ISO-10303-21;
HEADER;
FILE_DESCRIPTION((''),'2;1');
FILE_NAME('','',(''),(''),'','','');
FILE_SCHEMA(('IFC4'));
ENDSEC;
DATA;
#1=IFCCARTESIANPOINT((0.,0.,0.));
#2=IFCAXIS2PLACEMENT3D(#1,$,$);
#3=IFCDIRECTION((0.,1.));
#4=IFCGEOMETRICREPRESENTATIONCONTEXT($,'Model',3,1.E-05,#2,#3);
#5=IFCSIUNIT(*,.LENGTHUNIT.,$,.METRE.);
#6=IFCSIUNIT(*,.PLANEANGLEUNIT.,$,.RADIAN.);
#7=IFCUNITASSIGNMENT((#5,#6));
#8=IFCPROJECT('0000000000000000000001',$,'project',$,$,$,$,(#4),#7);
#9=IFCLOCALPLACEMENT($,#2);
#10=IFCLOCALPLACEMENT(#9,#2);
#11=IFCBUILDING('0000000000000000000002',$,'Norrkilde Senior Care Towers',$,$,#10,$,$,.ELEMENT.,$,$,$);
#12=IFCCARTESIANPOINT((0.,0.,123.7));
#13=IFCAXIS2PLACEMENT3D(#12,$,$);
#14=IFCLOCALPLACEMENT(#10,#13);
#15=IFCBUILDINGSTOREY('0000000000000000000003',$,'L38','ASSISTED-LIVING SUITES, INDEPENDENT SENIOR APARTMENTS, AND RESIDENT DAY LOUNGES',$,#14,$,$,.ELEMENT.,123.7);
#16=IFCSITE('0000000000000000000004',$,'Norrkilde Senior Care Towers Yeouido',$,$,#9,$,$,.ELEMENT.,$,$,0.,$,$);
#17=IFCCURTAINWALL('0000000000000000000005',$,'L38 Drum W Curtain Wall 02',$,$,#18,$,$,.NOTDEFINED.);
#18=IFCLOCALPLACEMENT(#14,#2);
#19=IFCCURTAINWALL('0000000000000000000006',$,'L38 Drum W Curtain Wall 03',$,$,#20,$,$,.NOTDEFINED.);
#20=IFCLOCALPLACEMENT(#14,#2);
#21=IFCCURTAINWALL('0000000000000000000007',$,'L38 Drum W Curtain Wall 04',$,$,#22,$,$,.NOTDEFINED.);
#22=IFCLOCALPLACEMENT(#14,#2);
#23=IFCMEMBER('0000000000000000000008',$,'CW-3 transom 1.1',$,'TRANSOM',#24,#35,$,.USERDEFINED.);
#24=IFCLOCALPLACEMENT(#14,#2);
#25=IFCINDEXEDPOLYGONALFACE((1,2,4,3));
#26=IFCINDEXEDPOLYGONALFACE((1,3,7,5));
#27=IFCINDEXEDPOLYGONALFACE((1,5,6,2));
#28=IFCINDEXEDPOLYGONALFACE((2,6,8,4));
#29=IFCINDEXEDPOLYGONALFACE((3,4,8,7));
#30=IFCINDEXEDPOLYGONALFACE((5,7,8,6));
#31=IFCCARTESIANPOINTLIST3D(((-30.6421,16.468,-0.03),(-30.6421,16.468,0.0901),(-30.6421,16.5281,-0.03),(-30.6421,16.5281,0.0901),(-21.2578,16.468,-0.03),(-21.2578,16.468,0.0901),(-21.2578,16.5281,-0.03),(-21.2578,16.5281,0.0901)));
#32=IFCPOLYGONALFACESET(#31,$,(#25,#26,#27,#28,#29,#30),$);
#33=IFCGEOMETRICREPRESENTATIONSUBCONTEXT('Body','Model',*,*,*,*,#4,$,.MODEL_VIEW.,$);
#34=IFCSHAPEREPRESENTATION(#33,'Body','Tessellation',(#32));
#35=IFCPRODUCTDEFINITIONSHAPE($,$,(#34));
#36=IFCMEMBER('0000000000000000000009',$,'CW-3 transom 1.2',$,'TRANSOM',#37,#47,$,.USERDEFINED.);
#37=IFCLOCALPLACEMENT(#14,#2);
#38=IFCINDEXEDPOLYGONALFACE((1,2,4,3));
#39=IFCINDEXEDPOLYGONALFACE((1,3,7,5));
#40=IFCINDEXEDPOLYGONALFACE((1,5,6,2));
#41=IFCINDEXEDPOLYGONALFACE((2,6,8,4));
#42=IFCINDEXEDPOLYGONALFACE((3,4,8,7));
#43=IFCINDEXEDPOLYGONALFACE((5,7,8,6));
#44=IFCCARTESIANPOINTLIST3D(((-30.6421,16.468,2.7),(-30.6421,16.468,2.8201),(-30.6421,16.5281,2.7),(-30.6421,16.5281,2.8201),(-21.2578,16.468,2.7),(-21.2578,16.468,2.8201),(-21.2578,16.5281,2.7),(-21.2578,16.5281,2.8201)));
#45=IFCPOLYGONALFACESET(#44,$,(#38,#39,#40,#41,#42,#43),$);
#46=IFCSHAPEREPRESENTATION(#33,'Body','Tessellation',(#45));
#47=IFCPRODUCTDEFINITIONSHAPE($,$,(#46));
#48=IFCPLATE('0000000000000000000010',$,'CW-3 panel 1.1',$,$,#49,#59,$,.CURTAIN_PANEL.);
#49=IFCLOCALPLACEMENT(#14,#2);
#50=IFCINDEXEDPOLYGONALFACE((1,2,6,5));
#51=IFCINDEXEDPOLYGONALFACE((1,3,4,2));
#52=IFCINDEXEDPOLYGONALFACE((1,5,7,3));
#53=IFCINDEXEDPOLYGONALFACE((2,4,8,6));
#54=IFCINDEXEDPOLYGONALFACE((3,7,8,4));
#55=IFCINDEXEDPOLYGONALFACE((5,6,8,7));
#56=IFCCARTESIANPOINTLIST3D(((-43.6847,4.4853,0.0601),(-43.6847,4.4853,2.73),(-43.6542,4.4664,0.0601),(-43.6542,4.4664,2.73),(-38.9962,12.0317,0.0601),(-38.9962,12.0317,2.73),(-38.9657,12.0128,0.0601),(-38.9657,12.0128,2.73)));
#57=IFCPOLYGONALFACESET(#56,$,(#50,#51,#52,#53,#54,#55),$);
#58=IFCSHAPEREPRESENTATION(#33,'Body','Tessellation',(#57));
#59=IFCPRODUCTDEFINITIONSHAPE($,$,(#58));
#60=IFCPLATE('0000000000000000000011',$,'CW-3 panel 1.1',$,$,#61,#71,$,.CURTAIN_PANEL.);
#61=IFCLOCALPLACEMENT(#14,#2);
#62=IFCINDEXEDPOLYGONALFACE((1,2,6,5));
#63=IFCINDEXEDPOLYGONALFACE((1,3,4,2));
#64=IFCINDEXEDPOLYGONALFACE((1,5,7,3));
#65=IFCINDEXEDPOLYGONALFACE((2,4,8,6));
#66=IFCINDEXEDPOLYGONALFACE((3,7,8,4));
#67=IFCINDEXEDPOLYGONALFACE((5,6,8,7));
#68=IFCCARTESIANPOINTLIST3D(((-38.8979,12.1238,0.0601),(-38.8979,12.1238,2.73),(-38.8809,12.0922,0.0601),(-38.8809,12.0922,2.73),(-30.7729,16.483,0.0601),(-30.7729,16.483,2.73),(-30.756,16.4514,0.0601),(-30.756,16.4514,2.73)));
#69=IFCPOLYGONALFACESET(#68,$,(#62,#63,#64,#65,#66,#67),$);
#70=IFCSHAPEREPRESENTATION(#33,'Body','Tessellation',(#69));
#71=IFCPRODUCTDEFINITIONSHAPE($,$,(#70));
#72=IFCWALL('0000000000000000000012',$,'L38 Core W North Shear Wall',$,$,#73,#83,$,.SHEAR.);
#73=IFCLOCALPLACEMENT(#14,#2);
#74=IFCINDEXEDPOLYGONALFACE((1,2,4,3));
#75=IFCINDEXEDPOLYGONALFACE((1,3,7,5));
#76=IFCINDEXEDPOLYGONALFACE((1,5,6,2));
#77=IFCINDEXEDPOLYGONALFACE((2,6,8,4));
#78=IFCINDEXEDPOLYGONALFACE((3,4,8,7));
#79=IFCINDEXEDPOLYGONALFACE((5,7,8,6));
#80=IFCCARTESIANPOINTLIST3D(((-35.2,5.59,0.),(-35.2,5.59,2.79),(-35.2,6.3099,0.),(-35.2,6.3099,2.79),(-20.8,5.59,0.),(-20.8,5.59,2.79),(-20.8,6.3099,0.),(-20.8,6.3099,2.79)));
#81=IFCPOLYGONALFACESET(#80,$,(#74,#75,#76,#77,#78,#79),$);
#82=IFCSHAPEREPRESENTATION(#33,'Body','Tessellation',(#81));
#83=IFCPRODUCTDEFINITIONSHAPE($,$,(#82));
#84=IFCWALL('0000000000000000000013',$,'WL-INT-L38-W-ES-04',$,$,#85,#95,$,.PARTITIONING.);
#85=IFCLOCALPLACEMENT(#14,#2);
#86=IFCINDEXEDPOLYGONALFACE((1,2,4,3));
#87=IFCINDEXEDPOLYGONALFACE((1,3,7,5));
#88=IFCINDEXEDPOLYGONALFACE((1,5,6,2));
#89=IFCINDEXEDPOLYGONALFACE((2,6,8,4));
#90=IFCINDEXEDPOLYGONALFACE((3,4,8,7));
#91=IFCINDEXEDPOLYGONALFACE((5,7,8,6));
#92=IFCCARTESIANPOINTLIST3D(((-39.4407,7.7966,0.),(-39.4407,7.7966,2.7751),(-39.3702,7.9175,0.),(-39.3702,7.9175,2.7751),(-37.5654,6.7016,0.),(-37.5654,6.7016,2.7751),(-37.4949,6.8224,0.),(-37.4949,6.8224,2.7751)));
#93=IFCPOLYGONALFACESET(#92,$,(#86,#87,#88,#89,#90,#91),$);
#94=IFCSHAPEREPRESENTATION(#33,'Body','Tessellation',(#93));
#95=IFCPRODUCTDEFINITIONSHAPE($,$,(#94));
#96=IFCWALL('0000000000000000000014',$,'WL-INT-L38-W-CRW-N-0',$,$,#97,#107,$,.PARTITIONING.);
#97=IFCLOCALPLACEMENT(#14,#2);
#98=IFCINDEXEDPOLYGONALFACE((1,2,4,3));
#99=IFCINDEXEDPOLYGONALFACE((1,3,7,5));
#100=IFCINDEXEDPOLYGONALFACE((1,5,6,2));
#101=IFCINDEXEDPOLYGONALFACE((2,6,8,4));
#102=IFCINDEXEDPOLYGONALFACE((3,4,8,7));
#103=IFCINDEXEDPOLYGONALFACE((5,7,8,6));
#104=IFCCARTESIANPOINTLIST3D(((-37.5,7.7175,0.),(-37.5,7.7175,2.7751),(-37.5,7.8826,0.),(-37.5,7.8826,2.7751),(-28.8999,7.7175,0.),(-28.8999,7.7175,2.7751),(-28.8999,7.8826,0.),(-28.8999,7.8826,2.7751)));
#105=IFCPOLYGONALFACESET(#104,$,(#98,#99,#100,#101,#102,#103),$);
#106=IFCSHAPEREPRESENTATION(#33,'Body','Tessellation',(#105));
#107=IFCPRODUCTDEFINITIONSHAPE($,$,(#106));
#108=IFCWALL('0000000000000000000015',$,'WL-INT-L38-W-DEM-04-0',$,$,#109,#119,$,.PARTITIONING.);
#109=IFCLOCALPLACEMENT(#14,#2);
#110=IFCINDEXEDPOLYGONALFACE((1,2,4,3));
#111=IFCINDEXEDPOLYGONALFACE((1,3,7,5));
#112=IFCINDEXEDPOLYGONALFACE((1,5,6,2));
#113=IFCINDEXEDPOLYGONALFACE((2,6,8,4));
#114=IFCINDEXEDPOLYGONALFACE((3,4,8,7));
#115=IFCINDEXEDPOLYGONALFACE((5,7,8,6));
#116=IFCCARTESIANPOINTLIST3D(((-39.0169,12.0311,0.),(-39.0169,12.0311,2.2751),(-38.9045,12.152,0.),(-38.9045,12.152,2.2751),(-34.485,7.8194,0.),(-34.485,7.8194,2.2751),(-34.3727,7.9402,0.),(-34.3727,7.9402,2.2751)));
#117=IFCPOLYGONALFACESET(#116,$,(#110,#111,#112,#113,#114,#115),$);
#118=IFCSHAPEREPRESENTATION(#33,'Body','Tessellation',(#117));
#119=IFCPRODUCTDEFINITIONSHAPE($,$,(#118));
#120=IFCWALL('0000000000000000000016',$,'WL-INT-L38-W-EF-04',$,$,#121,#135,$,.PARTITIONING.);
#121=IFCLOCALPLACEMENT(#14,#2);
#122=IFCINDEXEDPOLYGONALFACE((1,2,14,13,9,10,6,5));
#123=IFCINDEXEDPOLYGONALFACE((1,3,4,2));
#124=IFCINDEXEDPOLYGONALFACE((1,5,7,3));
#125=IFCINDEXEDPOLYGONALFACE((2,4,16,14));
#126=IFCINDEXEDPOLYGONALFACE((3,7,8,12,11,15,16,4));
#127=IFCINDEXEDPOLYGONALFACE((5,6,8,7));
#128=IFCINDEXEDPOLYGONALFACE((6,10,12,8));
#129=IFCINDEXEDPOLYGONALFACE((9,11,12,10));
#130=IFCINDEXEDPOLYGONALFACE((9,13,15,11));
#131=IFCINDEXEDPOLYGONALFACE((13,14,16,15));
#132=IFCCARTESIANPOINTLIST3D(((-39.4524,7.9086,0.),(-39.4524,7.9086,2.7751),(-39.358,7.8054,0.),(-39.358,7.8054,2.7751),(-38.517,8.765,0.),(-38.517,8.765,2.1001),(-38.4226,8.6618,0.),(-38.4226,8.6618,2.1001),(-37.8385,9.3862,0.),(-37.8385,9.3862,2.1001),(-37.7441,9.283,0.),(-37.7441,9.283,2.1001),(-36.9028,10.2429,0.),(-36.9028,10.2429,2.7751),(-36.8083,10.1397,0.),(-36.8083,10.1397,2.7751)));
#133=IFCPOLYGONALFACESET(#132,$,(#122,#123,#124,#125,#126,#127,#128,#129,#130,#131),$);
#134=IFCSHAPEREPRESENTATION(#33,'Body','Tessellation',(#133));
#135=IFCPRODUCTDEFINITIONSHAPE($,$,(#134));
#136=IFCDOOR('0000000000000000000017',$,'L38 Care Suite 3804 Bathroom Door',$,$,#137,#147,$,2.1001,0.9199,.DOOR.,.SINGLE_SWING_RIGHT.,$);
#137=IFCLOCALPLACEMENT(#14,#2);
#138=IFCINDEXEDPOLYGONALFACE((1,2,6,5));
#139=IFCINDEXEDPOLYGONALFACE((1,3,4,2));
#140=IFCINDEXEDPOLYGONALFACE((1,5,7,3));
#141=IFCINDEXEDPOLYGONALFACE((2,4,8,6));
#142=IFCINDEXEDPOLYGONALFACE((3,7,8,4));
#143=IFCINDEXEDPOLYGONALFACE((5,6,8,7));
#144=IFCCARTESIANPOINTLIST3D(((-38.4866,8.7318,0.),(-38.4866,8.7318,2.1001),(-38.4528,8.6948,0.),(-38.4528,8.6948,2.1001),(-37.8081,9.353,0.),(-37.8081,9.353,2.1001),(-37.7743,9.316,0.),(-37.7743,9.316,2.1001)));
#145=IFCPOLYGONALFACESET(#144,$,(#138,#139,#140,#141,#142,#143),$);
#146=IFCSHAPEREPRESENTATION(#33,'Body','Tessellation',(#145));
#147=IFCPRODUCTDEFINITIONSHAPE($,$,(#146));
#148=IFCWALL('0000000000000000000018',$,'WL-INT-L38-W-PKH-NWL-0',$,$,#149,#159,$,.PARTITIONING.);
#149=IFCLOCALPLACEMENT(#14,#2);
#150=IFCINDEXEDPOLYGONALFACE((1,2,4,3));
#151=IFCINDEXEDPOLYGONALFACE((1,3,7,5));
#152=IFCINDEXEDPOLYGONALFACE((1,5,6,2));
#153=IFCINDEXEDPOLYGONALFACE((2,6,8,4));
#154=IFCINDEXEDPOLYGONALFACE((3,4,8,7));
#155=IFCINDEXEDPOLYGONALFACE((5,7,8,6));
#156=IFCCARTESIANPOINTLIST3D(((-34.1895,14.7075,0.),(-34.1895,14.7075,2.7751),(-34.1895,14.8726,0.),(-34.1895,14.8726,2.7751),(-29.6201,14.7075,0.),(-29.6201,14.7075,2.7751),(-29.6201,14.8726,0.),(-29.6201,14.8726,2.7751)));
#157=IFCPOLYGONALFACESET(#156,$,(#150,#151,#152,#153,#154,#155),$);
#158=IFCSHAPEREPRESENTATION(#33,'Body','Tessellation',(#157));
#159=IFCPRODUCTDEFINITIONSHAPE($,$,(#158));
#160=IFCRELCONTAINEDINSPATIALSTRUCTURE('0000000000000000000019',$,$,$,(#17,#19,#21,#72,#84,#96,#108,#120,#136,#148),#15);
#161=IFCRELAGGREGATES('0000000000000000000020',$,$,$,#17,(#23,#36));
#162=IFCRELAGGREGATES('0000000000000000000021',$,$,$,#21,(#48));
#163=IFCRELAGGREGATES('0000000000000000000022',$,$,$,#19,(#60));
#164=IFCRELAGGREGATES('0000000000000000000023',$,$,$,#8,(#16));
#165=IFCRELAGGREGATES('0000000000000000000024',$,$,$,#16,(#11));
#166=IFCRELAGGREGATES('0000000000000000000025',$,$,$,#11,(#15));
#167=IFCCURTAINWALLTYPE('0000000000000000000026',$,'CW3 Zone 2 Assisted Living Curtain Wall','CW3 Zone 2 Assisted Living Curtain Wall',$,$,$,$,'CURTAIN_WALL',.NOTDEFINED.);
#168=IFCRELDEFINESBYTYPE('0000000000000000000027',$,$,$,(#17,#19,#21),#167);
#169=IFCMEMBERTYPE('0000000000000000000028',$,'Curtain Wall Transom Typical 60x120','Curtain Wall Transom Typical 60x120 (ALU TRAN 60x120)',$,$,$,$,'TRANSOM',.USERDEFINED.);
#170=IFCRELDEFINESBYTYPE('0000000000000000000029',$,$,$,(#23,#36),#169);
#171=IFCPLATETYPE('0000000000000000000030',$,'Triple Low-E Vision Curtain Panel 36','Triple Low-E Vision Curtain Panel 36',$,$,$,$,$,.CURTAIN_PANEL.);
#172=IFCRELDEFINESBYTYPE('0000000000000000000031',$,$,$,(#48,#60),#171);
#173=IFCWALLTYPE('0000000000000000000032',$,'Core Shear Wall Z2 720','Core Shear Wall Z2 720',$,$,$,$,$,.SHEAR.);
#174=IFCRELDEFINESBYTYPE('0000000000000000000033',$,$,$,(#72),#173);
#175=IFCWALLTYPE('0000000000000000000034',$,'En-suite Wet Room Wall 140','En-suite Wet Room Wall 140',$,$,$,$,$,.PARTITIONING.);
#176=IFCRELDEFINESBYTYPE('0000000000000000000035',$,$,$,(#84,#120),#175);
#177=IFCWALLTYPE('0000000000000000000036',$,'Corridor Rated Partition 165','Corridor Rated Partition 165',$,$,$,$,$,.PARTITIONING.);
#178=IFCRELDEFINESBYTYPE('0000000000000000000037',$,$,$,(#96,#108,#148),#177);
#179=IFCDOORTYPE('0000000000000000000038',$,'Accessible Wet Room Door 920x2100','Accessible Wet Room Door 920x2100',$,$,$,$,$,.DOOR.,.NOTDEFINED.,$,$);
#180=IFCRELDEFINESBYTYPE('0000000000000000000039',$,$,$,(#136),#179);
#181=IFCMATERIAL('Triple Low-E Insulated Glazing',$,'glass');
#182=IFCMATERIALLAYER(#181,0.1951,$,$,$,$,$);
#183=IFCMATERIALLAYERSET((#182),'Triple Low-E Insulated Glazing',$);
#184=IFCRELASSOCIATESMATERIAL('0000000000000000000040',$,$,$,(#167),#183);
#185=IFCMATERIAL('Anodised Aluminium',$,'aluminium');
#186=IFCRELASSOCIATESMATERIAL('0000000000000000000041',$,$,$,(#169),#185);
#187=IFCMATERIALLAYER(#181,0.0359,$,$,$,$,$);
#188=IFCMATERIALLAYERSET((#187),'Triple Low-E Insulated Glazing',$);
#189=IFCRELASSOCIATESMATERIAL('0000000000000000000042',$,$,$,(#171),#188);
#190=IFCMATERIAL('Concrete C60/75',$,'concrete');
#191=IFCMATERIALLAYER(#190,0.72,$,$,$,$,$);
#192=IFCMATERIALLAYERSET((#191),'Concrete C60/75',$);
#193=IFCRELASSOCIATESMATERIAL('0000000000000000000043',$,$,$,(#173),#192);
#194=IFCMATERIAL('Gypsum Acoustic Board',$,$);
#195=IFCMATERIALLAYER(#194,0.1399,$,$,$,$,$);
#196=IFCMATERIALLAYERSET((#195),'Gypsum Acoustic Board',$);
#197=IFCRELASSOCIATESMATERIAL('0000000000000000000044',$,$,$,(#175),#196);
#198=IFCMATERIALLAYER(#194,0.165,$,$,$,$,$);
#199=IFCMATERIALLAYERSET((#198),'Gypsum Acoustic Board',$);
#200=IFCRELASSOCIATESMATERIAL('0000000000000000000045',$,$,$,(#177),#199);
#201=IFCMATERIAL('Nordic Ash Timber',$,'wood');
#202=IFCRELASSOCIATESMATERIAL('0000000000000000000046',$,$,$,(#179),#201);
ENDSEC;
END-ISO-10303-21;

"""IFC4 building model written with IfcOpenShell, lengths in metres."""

from ifc_helpers import new_model, si_unit, direction, frame, frame_2d, origin, origin_2d, place, context, subcontext, project, spatial, rectangle, extrude, source, transform, mapped, material, layer, layer_set, material_profile, profile_set, type_object, type_shapes, element, fill, aggregate, save


model = new_model("IFC4")

# Units and contexts
model_context = context("Model", 3, precision=1e-05, world=origin(), true_north=direction((0.0, 1.0)))
body_context = subcontext(model_context, "Body", "Model", "MODEL_VIEW")
ifc_project = project(units=[si_unit("LENGTHUNIT", "METRE"), si_unit("PLANEANGLEUNIT", "RADIAN")], contexts=[model_context])

# Site, building, storey
site_placement = place(None, origin())
site = spatial("IfcSite", under=ifc_project, at=site_placement, Name="Norrkilde Senior Care Towers Yeouido", CompositionType="ELEMENT", RefElevation=0.0)
building_placement = place(site_placement, origin())
building = spatial("IfcBuilding", under=site, at=building_placement, Name="Norrkilde Senior Care Towers", CompositionType="ELEMENT")
storey_placement = place(building_placement, frame((0.0, 0.0, 123.7)))
storey = spatial("IfcBuildingStorey", under=building, at=storey_placement, Name="L38", Description="ASSISTED-LIVING SUITES, INDEPENDENT SENIOR APARTMENTS, AND RESIDENT DAY LOUNGES", CompositionType="ELEMENT", Elevation=123.7)

# Shared definitions
ifc_material_1 = material(Name="Concrete C60/75", Category="concrete")

# Curtain wall
ifc_material_2 = material(Name="Triple Low-E Insulated Glazing", Category="glass")
ifc_layer_1 = layer(ifc_material_2, 0.1951)
ifc_layer_set_1 = layer_set([ifc_layer_1], Name="Triple Low-E Insulated Glazing")
curtain_wall_type = type_object("IfcCurtainWallType", Name="CW3 Zone 2 Assisted Living Curtain Wall", Description="CW3 Zone 2 Assisted Living Curtain Wall", ElementType="CURTAIN_WALL", PredefinedType="NOTDEFINED", material=ifc_layer_set_1)
curtain_wall_1_placement = place(storey_placement, origin())
curtain_wall_1 = element("IfcCurtainWall", 1, at=curtain_wall_1_placement, inside=storey, type_object=curtain_wall_type, Name="L38 Drum W Curtain Wall 02", PredefinedType="NOTDEFINED")
ifc_material_3 = material(Name="Anodised Aluminium", Category="aluminium")

# Curtain wall
curtain_wall_2_placement = place(storey_placement, origin())
curtain_wall_2 = element("IfcCurtainWall", 2, at=curtain_wall_2_placement, inside=storey, type_object=curtain_wall_type, Name="L38 Drum W Curtain Wall 03", PredefinedType="NOTDEFINED")

# Curtain wall
curtain_wall_3_placement = place(storey_placement, origin())
curtain_wall_3 = element("IfcCurtainWall", 3, at=curtain_wall_3_placement, inside=storey, type_object=curtain_wall_type, Name="L38 Drum W Curtain Wall 04", PredefinedType="NOTDEFINED")

# Members
ifc_material_profile_1 = material_profile(ifc_material_3, rectangle(XDim=0.0601, YDim=0.1201, at=origin_2d()), Name="ALU TRAN 60x120")
ifc_profile_set_1 = profile_set([ifc_material_profile_1], Name="Anodised Aluminium")
member_type_1 = type_object("IfcMemberType", Name="Curtain Wall Transom Typical 60x120", Description="Curtain Wall Transom Typical 60x120 (ALU TRAN 60x120)", ElementType="TRANSOM", PredefinedType="USERDEFINED", material=ifc_profile_set_1)
shared_shape_1 = source(origin(), body_context, "Body", "SweptSolid", [
    extrude(rectangle(XDim=0.0601, YDim=0.1201, at=origin_2d()), origin(), (0.0, 0.0, 1.0), 9.3843),
])
member_1_placement = place(storey_placement, frame((-30.6421, 16.498, 0.03), z_axis=(1.0, 0.0, 0.0), x_axis=(0.0, 1.0, 0.0)))
member_1 = element("IfcMember", 4, at=member_1_placement, type_object=member_type_1, Name="CW-3 transom 1.1", ObjectType="TRANSOM", PredefinedType="USERDEFINED", context=body_context, shape_type="MappedRepresentation", body=[
    mapped(shared_shape_1, transform((0.0, 0.0, 0.0), x_axis=(1.0, 0.0, 0.0), y_axis=(0.0, 1.0, 0.0), z_axis=(0.0, 0.0, 1.0), scale=1.0)),
])
member_2_placement = place(storey_placement, frame((-30.6421, 16.498, 2.76), z_axis=(1.0, 0.0, 0.0), x_axis=(0.0, 1.0, 0.0)))
member_2 = element("IfcMember", 5, at=member_2_placement, type_object=member_type_1, Name="CW-3 transom 1.2", ObjectType="TRANSOM", PredefinedType="USERDEFINED", context=body_context, shape_type="MappedRepresentation", body=[
    mapped(shared_shape_1, transform((0.0, 0.0, 0.0), x_axis=(1.0, 0.0, 0.0), y_axis=(0.0, 1.0, 0.0), z_axis=(0.0, 0.0, 1.0), scale=1.0)),
])
aggregate(curtain_wall_1, [member_1, member_2])

# Plates
ifc_layer_2 = layer(ifc_material_2, 0.0359)
ifc_layer_set_2 = layer_set([ifc_layer_2], Name="Triple Low-E Insulated Glazing")
plate_type = type_object("IfcPlateType", Name="Triple Low-E Vision Curtain Panel 36", Description="Triple Low-E Vision Curtain Panel 36", PredefinedType="CURTAIN_PANEL", material=ifc_layer_set_2)
shared_shape_2 = source(origin(), body_context, "Body", "SweptSolid", [
    extrude(rectangle(XDim=8.8843, YDim=0.0359, at=origin_2d()), origin(), (0.0, 0.0, 1.0), 2.6699),
])
plate_1_placement = place(storey_placement, frame((-41.3252, 8.249, 0.0601), z_axis=(0.0, 0.0, 1.0), x_axis=(0.527733, 0.84941, 0.0)))
plate_1 = element("IfcPlate", 6, at=plate_1_placement, type_object=plate_type, Name="CW-3 panel 1.1", PredefinedType="CURTAIN_PANEL", context=body_context, shape_type="MappedRepresentation", body=[
    mapped(shared_shape_2, transform((0.0, 0.0, 0.0), x_axis=(1.0, 0.0, 0.0), y_axis=(0.0, 1.0, 0.0), z_axis=(0.0, 0.0, 1.0), scale=1.0)),
])
aggregate(curtain_wall_3, [plate_1])
shared_shape_3 = source(origin(), body_context, "Body", "SweptSolid", [
    extrude(rectangle(XDim=9.2205, YDim=0.0359, at=origin_2d()), origin(), (0.0, 0.0, 1.0), 2.6699),
])
type_shapes(plate_type, [shared_shape_2, shared_shape_3])
plate_2_placement = place(storey_placement, frame((-34.8269, 14.2876, 0.0601), z_axis=(0.0, 0.0, 1.0), x_axis=(0.881186, 0.472769, 0.0)))
plate_2 = element("IfcPlate", 7, at=plate_2_placement, type_object=plate_type, Name="CW-3 panel 1.1", PredefinedType="CURTAIN_PANEL", context=body_context, shape_type="MappedRepresentation", body=[
    mapped(shared_shape_3, transform((0.0, 0.0, 0.0), x_axis=(1.0, 0.0, 0.0), y_axis=(0.0, 1.0, 0.0), z_axis=(0.0, 0.0, 1.0), scale=1.0)),
])
aggregate(curtain_wall_2, [plate_2])

# Walls
ifc_layer_3 = layer(ifc_material_1, 0.72)
ifc_layer_set_3 = layer_set([ifc_layer_3], Name="Concrete C60/75")
wall_type_1 = type_object("IfcWallType", Name="Core Shear Wall Z2 720", Description="Core Shear Wall Z2 720", PredefinedType="SHEAR", material=ifc_layer_set_3)
shared_shape_4 = source(origin(), body_context, "Body", "SweptSolid", [
    extrude(rectangle(XDim=14.3999, YDim=0.72, at=frame_2d((7.2, 0.0))), origin(), (0.0, 0.0, 1.0), 2.79),
])
type_shapes(wall_type_1, [shared_shape_4])
wall_1_placement = place(storey_placement, frame((-35.2, 5.95, 0.0), z_axis=(0.0, 0.0, 1.0), x_axis=(1.0, 0.0, 0.0)))
element("IfcWall", 8, at=wall_1_placement, inside=storey, type_object=wall_type_1, Name="L38 Core W North Shear Wall", PredefinedType="SHEAR", context=body_context, shape_type="MappedRepresentation", body=[
    mapped(shared_shape_4, transform((0.0, 0.0, 0.0), x_axis=(1.0, 0.0, 0.0), y_axis=(0.0, 1.0, 0.0), z_axis=(0.0, 0.0, 1.0), scale=1.0)),
])
ifc_material_4 = material(Name="Gypsum Acoustic Board")
ifc_layer_4 = layer(ifc_material_4, 0.1399)
ifc_layer_set_4 = layer_set([ifc_layer_4], Name="Gypsum Acoustic Board")
wall_type_2 = type_object("IfcWallType", Name="En-suite Wet Room Wall 140", Description="En-suite Wet Room Wall 140", PredefinedType="PARTITIONING", material=ifc_layer_set_4)
shared_shape_5 = source(origin(), body_context, "Body", "SweptSolid", [
    extrude(rectangle(XDim=2.1716, YDim=0.1399, at=frame_2d((1.0859, 0.0))), origin(), (0.0, 0.0, 1.0), 2.7751),
])
wall_2_placement = place(storey_placement, frame((-37.53, 6.762, 0.0), z_axis=(0.0, 0.0, 1.0), x_axis=(-0.863563, 0.504241, 0.0)))
element("IfcWall", 9, at=wall_2_placement, inside=storey, type_object=wall_type_2, Name="WL-INT-L38-W-ES-04", PredefinedType="PARTITIONING", context=body_context, shape_type="MappedRepresentation", body=[
    mapped(shared_shape_5, transform((0.0, 0.0, 0.0), x_axis=(1.0, 0.0, 0.0), y_axis=(0.0, 1.0, 0.0), z_axis=(0.0, 0.0, 1.0), scale=1.0)),
])
ifc_layer_5 = layer(ifc_material_4, 0.165)
ifc_layer_set_5 = layer_set([ifc_layer_5], Name="Gypsum Acoustic Board")
wall_type_3 = type_object("IfcWallType", Name="Corridor Rated Partition 165", Description="Corridor Rated Partition 165", PredefinedType="PARTITIONING", material=ifc_layer_set_5)
shared_shape_6 = source(origin(), body_context, "Body", "SweptSolid", [
    extrude(rectangle(XDim=8.6001, YDim=0.165, at=frame_2d((4.3, 0.0))), origin(), (0.0, 0.0, 1.0), 2.7751),
])
wall_3_placement = place(storey_placement, frame((-37.5, 7.8, 0.0), z_axis=(0.0, 0.0, 1.0), x_axis=(1.0, 0.0, 0.0)))
element("IfcWall", 10, at=wall_3_placement, inside=storey, type_object=wall_type_3, Name="WL-INT-L38-W-CRW-N-0", PredefinedType="PARTITIONING", context=body_context, shape_type="MappedRepresentation", body=[
    mapped(shared_shape_6, transform((0.0, 0.0, 0.0), x_axis=(1.0, 0.0, 0.0), y_axis=(0.0, 1.0, 0.0), z_axis=(0.0, 0.0, 1.0), scale=1.0)),
])
shared_shape_7 = source(origin(), body_context, "Body", "SweptSolid", [
    extrude(rectangle(XDim=6.1868, YDim=0.165, at=frame_2d((3.0933, 0.0))), origin(), (0.0, 0.0, 1.0), 2.2751),
])
wall_4_placement = place(storey_placement, frame((-34.429, 7.8799, 0.0), z_axis=(0.0, 0.0, 1.0), x_axis=(-0.732501, 0.680766, 0.0)))
element("IfcWall", 11, at=wall_4_placement, inside=storey, type_object=wall_type_3, Name="WL-INT-L38-W-DEM-04-0", PredefinedType="PARTITIONING", context=body_context, shape_type="MappedRepresentation", body=[
    mapped(shared_shape_7, transform((0.0, 0.0, 0.0), x_axis=(1.0, 0.0, 0.0), y_axis=(0.0, 1.0, 0.0), z_axis=(0.0, 0.0, 1.0), scale=1.0)),
])

# Wall, opening, door
shared_shape_8 = source(origin(), body_context, "Body", "SweptSolid", [
    extrude(rectangle(XDim=3.4568, YDim=0.1399, at=frame_2d((1.7285, 0.0))), origin(), (0.0, 0.0, 1.0), 2.7751),
])
type_shapes(wall_type_2, [shared_shape_5, shared_shape_8])
wall_5_placement = place(storey_placement, frame((-39.4053, 7.8569, 0.0), z_axis=(0.0, 0.0, 1.0), x_axis=(0.737567, 0.675274, 0.0)))
wall_5 = element("IfcWall", 12, at=wall_5_placement, inside=storey, type_object=wall_type_2, Name="WL-INT-L38-W-EF-04", PredefinedType="PARTITIONING", context=body_context, shape_type="MappedRepresentation", body=[
    mapped(shared_shape_8, transform((0.0, 0.0, 0.0), x_axis=(1.0, 0.0, 0.0), y_axis=(0.0, 1.0, 0.0), z_axis=(0.0, 0.0, 1.0), scale=1.0)),
])
opening_1_placement = place(wall_5_placement, frame((1.2683, 0.0, 0.0)))
opening_1 = element("IfcOpeningElement", 13, at=opening_1_placement, cuts=wall_5, PredefinedType="OPENING", context=body_context, shape_type="SweptSolid", body=[
    extrude(rectangle(XDim=0.9199, YDim=2.1001, at=frame_2d((0.46, 1.05))), frame((0.0, 0.0798, 0.0), z_axis=(0.0, -1.0, 0.0), x_axis=(1.0, 0.0, 0.0)), (0.0, 0.0, 1.0), 0.1599),
])
ifc_material_5 = material(Name="Nordic Ash Timber", Category="wood")
door_type_1 = type_object("IfcDoorType", Name="Accessible Wet Room Door 920x2100", Description="Accessible Wet Room Door 920x2100", OperationType="NOTDEFINED", PredefinedType="DOOR", material=ifc_material_5)
shared_shape_9 = source(origin(), body_context, "Body", "SweptSolid", [
    extrude(rectangle(XDim=0.9199, YDim=2.1001, at=frame_2d((0.46, 1.05))), frame((0.0, 0.0249, 0.0), z_axis=(0.0, -1.0, 0.0), x_axis=(1.0, 0.0, 0.0)), (0.0, 0.0, 1.0), 0.05),
])
type_shapes(door_type_1, [shared_shape_9])
door_1_placement = place(opening_1_placement, origin())
door_1 = element("IfcDoor", 14, at=door_1_placement, inside=storey, type_object=door_type_1, Name="L38 Care Suite 3804 Bathroom Door", OperationType="SINGLE_SWING_RIGHT", OverallHeight=2.1001, OverallWidth=0.9199, PredefinedType="DOOR", context=body_context, shape_type="MappedRepresentation", body=[
    mapped(shared_shape_9, transform((0.0, 0.0, 0.0), x_axis=(1.0, 0.0, 0.0), y_axis=(0.0, 1.0, 0.0), z_axis=(0.0, 0.0, 1.0), scale=1.0)),
])
fill(opening_1, door_1)

# Wall
shared_shape_10 = source(origin(), body_context, "Body", "SweptSolid", [
    extrude(rectangle(XDim=4.5693, YDim=0.165, at=frame_2d((2.2847, 0.0))), origin(), (0.0, 0.0, 1.0), 2.7751),
])
wall_6_placement = place(storey_placement, frame((-34.1895, 14.79, 0.0), z_axis=(0.0, 0.0, 1.0), x_axis=(1.0, 0.0, 0.0)))
element("IfcWall", 15, at=wall_6_placement, inside=storey, type_object=wall_type_3, Name="WL-INT-L38-W-PKH-NWL-0", PredefinedType="PARTITIONING", context=body_context, shape_type="MappedRepresentation", body=[
    mapped(shared_shape_10, transform((0.0, 0.0, 0.0), x_axis=(1.0, 0.0, 0.0), y_axis=(0.0, 1.0, 0.0), z_axis=(0.0, 0.0, 1.0), scale=1.0)),
])

save(model, "model.ifc")
